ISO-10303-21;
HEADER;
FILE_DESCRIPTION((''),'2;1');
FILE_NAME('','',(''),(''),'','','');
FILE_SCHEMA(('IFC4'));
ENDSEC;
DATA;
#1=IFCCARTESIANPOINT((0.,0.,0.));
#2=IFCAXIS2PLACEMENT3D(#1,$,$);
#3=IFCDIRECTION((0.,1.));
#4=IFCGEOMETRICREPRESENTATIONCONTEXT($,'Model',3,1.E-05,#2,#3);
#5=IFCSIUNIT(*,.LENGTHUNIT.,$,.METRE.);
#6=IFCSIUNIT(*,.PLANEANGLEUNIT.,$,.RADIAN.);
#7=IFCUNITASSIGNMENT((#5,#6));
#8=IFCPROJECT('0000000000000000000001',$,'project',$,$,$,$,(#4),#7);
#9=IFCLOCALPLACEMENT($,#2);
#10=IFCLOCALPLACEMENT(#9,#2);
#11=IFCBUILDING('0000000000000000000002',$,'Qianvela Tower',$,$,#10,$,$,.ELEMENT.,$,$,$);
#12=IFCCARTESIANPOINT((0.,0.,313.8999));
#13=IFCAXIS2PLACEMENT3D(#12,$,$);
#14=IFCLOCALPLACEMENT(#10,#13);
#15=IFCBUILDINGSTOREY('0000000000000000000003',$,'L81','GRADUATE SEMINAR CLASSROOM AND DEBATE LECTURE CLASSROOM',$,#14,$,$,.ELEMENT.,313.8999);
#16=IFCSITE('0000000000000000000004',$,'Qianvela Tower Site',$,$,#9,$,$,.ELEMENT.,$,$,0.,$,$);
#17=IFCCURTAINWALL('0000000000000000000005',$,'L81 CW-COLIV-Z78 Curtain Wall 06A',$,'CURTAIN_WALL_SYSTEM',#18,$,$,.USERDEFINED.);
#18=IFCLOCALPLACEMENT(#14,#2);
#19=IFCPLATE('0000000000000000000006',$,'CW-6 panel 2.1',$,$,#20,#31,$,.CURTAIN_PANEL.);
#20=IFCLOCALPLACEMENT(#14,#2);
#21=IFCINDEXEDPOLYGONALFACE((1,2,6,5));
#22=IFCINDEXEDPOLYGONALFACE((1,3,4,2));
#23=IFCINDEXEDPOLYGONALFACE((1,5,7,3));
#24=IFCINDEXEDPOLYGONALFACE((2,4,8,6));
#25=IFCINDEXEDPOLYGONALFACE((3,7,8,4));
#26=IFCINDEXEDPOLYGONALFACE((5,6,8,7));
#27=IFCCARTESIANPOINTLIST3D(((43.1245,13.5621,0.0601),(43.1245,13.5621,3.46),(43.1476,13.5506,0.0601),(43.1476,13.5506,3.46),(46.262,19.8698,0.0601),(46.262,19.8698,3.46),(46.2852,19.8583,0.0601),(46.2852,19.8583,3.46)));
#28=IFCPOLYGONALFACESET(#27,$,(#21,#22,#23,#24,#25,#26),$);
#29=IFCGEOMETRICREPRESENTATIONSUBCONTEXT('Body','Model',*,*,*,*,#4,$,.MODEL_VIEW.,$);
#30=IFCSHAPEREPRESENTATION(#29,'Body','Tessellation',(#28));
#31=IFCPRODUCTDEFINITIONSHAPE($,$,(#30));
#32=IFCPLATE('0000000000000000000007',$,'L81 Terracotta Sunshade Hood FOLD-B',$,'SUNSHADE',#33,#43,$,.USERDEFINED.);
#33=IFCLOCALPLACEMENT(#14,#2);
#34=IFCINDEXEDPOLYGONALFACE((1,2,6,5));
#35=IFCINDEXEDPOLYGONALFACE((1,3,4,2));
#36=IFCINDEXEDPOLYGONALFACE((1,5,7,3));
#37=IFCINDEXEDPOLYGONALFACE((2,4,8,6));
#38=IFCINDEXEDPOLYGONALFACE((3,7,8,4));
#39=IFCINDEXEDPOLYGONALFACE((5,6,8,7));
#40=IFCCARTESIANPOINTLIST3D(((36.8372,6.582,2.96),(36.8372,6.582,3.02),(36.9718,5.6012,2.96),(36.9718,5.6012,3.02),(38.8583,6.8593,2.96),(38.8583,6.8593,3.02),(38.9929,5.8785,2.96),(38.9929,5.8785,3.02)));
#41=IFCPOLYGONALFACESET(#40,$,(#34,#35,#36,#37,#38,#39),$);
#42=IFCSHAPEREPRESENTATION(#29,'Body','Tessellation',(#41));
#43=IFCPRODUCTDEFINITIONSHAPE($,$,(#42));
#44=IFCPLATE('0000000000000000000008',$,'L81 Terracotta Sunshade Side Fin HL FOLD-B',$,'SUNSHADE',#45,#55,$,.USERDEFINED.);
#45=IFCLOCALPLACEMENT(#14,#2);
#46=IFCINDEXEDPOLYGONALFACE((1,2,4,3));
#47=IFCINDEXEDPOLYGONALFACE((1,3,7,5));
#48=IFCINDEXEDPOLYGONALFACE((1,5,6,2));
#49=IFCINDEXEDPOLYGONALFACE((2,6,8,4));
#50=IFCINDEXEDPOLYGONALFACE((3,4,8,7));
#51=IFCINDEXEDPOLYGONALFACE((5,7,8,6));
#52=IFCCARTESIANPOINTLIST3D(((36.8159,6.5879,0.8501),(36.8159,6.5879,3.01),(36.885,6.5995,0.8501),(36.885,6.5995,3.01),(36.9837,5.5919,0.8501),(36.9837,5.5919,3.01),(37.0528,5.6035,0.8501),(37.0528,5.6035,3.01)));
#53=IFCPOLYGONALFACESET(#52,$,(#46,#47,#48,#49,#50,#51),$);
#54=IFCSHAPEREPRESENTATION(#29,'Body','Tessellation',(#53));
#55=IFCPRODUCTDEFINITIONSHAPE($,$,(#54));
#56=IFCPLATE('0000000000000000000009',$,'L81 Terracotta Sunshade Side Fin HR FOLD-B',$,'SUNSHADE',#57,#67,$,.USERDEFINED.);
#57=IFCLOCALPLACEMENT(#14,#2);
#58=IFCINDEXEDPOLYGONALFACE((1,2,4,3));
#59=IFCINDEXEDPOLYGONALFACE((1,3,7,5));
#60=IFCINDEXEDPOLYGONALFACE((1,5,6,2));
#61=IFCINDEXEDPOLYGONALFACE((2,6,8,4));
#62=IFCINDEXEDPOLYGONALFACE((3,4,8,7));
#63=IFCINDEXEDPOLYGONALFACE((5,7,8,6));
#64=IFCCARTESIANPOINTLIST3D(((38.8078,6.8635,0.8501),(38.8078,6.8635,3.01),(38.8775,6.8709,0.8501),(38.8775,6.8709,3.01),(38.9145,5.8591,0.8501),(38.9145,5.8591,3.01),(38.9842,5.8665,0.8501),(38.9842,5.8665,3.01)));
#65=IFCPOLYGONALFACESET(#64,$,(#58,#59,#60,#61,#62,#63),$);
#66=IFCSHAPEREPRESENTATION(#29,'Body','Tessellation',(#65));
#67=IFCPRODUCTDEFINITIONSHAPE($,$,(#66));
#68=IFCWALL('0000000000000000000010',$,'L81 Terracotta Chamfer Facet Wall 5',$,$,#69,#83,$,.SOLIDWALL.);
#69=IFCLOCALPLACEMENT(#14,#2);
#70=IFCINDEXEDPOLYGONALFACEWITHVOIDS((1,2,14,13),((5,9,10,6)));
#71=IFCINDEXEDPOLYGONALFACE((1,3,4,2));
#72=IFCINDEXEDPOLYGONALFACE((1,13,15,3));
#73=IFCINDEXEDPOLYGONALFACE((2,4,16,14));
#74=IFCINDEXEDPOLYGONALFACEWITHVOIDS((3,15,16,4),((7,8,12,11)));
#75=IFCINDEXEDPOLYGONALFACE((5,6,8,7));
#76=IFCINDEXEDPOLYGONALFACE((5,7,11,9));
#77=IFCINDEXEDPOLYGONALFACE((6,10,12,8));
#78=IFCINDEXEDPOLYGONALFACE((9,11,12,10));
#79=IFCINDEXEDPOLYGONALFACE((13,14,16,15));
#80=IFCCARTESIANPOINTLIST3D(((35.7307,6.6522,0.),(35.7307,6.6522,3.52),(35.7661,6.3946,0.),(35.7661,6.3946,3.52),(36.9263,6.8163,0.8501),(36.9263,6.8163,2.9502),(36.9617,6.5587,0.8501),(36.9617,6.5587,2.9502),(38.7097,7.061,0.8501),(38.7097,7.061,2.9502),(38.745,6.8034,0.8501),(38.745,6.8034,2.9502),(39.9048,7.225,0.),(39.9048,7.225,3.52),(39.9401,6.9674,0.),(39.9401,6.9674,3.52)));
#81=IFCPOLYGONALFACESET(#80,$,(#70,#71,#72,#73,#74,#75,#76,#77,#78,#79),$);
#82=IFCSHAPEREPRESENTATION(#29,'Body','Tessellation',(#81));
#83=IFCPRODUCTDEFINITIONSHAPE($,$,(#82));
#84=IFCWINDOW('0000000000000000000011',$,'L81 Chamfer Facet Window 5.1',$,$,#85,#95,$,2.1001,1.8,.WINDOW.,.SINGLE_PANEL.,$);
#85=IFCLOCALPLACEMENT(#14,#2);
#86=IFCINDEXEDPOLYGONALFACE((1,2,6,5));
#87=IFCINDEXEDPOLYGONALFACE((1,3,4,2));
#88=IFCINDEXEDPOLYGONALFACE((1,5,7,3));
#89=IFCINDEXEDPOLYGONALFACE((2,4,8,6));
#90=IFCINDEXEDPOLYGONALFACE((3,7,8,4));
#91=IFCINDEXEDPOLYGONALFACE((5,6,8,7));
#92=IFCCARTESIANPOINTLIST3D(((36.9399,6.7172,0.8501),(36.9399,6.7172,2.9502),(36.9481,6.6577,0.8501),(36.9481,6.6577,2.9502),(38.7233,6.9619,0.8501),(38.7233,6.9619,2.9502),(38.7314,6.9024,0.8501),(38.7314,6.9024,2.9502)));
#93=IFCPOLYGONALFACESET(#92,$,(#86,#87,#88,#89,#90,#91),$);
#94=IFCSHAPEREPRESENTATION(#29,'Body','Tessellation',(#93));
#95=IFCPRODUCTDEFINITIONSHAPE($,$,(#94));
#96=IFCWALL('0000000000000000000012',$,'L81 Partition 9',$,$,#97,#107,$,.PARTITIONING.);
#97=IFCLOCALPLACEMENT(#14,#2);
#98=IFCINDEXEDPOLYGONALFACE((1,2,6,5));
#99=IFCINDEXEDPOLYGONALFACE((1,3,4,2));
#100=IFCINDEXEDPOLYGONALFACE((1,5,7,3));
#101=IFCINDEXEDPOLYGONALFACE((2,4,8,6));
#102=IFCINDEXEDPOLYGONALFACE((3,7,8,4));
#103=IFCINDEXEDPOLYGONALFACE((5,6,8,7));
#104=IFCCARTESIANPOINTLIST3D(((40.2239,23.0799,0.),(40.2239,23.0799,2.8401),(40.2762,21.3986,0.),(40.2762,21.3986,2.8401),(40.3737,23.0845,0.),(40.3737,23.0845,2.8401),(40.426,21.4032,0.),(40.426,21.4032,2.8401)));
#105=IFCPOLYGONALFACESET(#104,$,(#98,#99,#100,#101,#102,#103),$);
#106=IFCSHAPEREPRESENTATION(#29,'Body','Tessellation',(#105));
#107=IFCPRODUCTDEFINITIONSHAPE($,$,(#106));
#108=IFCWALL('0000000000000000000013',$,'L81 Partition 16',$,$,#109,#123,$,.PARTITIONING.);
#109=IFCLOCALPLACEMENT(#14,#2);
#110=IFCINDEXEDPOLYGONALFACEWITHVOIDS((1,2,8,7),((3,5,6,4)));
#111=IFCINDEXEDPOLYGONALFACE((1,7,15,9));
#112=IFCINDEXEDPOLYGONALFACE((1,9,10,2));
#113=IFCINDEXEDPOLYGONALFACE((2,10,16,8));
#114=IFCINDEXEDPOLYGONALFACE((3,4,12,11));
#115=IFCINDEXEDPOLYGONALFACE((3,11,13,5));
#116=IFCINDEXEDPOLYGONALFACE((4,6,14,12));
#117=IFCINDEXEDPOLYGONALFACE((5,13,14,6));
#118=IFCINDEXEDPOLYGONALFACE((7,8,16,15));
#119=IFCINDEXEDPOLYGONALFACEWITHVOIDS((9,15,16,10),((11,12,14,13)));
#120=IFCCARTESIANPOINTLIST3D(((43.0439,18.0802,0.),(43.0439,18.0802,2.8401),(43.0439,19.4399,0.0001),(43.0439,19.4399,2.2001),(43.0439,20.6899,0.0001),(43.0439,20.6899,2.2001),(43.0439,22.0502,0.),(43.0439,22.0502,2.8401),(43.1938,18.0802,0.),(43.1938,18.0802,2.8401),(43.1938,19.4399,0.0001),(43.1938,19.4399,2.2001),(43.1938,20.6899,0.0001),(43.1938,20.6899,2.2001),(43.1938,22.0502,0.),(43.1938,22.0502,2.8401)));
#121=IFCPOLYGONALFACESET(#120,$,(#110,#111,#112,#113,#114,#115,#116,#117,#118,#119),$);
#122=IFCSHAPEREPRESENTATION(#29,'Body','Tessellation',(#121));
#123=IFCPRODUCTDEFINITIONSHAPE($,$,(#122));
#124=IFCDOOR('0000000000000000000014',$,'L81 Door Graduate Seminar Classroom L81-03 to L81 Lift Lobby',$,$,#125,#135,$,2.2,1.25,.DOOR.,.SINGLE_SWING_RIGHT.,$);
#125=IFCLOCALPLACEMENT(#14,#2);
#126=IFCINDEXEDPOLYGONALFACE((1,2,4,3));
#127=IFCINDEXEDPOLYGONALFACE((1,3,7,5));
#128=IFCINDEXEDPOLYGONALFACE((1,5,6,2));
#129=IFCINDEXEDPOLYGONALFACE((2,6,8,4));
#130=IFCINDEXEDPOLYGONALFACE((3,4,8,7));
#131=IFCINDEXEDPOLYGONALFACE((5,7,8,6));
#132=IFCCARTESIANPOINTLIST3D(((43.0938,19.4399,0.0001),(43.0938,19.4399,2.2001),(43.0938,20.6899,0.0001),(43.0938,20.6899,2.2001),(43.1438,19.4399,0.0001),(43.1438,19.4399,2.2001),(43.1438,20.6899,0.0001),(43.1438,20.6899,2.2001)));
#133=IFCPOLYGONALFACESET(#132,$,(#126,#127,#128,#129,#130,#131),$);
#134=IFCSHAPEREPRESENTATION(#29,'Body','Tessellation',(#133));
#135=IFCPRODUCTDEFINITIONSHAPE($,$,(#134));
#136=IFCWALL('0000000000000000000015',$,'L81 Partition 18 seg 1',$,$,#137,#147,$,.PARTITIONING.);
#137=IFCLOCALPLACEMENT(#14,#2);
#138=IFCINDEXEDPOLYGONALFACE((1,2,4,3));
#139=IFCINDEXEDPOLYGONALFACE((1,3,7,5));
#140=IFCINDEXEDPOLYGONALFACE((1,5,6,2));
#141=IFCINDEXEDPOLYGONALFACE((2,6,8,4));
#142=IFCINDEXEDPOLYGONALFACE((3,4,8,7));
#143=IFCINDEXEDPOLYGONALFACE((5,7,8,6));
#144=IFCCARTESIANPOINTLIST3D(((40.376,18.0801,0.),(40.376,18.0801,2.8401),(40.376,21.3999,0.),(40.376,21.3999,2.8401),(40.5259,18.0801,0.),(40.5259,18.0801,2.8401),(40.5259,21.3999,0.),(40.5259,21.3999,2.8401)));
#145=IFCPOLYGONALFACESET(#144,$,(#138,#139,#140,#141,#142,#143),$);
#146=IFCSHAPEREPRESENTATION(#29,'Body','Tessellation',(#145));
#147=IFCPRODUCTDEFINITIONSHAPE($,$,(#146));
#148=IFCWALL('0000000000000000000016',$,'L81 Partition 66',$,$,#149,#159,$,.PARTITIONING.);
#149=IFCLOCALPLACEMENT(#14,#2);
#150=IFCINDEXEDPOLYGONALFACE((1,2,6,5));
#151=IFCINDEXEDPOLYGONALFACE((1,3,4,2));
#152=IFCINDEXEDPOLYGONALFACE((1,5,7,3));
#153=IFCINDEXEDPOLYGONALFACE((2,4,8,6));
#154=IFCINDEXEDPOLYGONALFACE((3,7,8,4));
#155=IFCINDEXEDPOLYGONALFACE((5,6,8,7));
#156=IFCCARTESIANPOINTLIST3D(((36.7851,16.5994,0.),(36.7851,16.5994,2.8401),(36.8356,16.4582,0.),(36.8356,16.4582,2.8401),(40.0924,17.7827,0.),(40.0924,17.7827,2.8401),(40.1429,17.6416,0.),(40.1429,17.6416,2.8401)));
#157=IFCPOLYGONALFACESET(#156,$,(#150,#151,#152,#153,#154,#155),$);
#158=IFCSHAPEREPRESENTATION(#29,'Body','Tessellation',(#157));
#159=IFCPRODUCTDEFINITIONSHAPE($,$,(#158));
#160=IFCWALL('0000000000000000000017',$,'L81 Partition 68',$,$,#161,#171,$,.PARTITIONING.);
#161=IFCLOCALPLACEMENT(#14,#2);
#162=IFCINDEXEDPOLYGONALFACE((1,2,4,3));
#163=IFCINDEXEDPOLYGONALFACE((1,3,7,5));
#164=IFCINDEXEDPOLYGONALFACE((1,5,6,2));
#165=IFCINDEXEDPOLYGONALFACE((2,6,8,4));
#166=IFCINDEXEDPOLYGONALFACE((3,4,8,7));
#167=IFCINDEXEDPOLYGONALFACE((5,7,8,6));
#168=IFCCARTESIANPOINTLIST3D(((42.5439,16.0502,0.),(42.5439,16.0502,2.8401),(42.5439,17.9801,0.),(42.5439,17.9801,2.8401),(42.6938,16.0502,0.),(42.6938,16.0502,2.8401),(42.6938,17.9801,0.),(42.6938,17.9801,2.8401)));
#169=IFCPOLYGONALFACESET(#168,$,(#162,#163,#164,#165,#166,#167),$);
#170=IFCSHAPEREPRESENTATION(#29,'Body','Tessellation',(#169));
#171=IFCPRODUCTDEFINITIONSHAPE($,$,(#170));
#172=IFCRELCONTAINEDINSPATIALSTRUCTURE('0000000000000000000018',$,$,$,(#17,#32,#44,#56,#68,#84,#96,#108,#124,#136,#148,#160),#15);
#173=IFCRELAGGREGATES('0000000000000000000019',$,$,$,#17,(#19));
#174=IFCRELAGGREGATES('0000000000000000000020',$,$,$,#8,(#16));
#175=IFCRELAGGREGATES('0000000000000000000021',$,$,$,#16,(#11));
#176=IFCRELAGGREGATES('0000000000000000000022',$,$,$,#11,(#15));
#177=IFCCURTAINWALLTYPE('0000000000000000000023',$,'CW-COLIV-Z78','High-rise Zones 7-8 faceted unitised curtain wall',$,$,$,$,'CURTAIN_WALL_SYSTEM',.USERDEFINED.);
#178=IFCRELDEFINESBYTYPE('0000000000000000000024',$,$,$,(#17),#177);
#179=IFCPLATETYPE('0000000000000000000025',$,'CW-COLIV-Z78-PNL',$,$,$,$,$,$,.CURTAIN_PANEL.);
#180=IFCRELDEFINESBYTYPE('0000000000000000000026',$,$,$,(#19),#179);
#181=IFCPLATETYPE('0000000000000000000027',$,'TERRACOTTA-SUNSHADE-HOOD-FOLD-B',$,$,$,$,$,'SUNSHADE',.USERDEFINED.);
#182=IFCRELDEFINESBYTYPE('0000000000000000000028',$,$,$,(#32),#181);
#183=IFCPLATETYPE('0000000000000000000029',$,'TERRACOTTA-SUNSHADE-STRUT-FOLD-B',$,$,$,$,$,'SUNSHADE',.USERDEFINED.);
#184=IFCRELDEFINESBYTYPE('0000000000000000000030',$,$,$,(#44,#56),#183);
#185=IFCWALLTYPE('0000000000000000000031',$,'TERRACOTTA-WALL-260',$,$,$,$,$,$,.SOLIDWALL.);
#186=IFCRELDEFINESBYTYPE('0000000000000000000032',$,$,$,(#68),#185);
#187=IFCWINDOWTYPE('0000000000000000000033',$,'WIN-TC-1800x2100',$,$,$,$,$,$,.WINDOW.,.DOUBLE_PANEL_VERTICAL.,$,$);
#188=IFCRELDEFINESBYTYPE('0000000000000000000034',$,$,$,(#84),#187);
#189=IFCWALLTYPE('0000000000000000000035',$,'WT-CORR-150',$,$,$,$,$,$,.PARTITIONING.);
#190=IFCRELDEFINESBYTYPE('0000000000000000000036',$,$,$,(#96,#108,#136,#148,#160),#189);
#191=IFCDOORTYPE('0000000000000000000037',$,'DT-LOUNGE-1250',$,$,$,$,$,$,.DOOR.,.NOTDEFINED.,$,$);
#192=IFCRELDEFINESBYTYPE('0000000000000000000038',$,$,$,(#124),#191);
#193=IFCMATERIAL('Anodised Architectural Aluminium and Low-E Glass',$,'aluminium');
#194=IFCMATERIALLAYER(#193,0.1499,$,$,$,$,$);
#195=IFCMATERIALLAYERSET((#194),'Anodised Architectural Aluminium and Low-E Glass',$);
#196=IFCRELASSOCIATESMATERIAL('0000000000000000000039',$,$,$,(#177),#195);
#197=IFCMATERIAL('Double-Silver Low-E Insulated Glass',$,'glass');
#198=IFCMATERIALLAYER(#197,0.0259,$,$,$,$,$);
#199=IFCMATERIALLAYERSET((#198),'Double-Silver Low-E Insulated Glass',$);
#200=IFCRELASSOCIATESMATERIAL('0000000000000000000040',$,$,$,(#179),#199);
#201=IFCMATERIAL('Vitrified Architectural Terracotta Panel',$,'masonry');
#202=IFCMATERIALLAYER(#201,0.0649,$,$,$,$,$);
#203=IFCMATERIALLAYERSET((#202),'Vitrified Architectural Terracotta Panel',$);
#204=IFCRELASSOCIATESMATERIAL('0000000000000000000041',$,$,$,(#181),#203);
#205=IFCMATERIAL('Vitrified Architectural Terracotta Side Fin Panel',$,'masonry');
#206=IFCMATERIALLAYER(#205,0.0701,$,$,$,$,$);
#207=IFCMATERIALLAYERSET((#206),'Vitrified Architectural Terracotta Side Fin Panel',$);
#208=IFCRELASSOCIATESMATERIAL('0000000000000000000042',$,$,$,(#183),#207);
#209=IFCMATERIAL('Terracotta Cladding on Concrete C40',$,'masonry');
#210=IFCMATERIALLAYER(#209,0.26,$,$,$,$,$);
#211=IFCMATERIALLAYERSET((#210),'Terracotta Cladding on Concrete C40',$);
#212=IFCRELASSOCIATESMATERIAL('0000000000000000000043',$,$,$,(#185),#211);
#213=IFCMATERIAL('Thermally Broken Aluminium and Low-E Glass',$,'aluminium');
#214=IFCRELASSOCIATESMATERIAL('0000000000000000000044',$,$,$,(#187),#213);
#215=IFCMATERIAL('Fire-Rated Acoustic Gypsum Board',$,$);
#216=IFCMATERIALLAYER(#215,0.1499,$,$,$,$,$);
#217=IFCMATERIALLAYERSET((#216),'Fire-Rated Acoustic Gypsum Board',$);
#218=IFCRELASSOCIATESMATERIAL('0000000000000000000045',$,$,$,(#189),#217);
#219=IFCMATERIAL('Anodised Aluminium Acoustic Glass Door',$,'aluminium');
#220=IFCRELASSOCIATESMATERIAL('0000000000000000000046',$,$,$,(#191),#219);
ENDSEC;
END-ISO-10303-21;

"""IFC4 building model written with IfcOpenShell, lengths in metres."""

from ifc_helpers import new_model, si_unit, direction, frame, frame_2d, origin, origin_2d, place, context, subcontext, project, spatial, rectangle, extrude, material, layer, layer_set, type_object, element, fill, aggregate, save


model = new_model("IFC4")

# Units and contexts
model_context = context("Model", 3, precision=1e-05, world=origin(), true_north=direction((0.0, 1.0)))
body_context = subcontext(model_context, "Body", "Model", "MODEL_VIEW")
ifc_project = project(units=[si_unit("LENGTHUNIT", "METRE"), si_unit("PLANEANGLEUNIT", "RADIAN")], contexts=[model_context])

# Site, building, storey
site_placement = place(None, origin())
site = spatial("IfcSite", under=ifc_project, at=site_placement, Name="Qianvela Tower Site", CompositionType="ELEMENT", RefElevation=0.0)
building_placement = place(site_placement, origin())
building = spatial("IfcBuilding", under=site, at=building_placement, Name="Qianvela Tower", CompositionType="ELEMENT")
storey_placement = place(building_placement, frame((0.0, 0.0, 313.8999)))
storey = spatial("IfcBuildingStorey", under=building, at=storey_placement, Name="L81", Description="GRADUATE SEMINAR CLASSROOM AND DEBATE LECTURE CLASSROOM", CompositionType="ELEMENT", Elevation=313.8999)

# Shared definitions
ifc_material_1 = material(Name="Anodised Architectural Aluminium and Low-E Glass", Category="aluminium")
ifc_layer_1 = layer(ifc_material_1, 0.1499)
ifc_layer_set_1 = layer_set([ifc_layer_1], Name="Anodised Architectural Aluminium and Low-E Glass")
curtain_wall_type_1 = type_object("IfcCurtainWallType", Name="CW-COLIV-Z78", Description="High-rise Zones 7-8 faceted unitised curtain wall", ElementType="CURTAIN_WALL_SYSTEM", PredefinedType="USERDEFINED", material=ifc_layer_set_1)

# Curtain wall
curtain_wall_1_placement = place(storey_placement, origin())
curtain_wall_1 = element("IfcCurtainWall", 1, at=curtain_wall_1_placement, inside=storey, type_object=curtain_wall_type_1, Name="L81 CW-COLIV-Z78 Curtain Wall 06A", ObjectType="CURTAIN_WALL_SYSTEM", PredefinedType="USERDEFINED")

# Plate
ifc_material_2 = material(Name="Double-Silver Low-E Insulated Glass", Category="glass")
ifc_layer_2 = layer(ifc_material_2, 0.0259)
ifc_layer_set_2 = layer_set([ifc_layer_2], Name="Double-Silver Low-E Insulated Glass")
plate_type_1 = type_object("IfcPlateType", Name="CW-COLIV-Z78-PNL", PredefinedType="CURTAIN_PANEL", material=ifc_layer_set_2)
plate_1_placement = place(storey_placement, frame((44.7048, 16.7102, 0.0601), z_axis=(0.0, 0.0, 1.0), x_axis=(0.445368, 0.895348, 0.0)))
plate_1 = element("IfcPlate", 2, at=plate_1_placement, type_object=plate_type_1, Name="CW-6 panel 2.1", PredefinedType="CURTAIN_PANEL", context=body_context, shape_type="SweptSolid", body=[
    extrude(rectangle(XDim=7.0449, YDim=0.0259, at=origin_2d()), origin(), (0.0, 0.0, 1.0), 3.3999),
])
aggregate(curtain_wall_1, [plate_1])

# Plates
ifc_material_3 = material(Name="Vitrified Architectural Terracotta Panel", Category="masonry")
ifc_layer_3 = layer(ifc_material_3, 0.0649)
ifc_layer_set_3 = layer_set([ifc_layer_3], Name="Vitrified Architectural Terracotta Panel")
plate_type_2 = type_object("IfcPlateType", Name="TERRACOTTA-SUNSHADE-HOOD-FOLD-B", ElementType="SUNSHADE", PredefinedType="USERDEFINED", material=ifc_layer_set_3)
plate_2_placement = place(storey_placement, frame((37.915, 6.2302, 2.96), z_axis=(0.0, 0.0, 1.0), x_axis=(0.990716, 0.135951, 0.0)))
element("IfcPlate", 3, at=plate_2_placement, inside=storey, type_object=plate_type_2, Name="L81 Terracotta Sunshade Hood FOLD-B", ObjectType="SUNSHADE", PredefinedType="USERDEFINED", context=body_context, shape_type="SweptSolid", body=[
    extrude(rectangle(XDim=2.04, YDim=0.99, at=origin_2d()), origin(), (0.0, 0.0, 1.0), 0.0601),
])
ifc_material_4 = material(Name="Vitrified Architectural Terracotta Side Fin Panel", Category="masonry")
ifc_layer_4 = layer(ifc_material_4, 0.0701)
ifc_layer_set_4 = layer_set([ifc_layer_4], Name="Vitrified Architectural Terracotta Side Fin Panel")
plate_type_3 = type_object("IfcPlateType", Name="TERRACOTTA-SUNSHADE-STRUT-FOLD-B", ElementType="SUNSHADE", PredefinedType="USERDEFINED", material=ifc_layer_set_4)
for number, where, z_axis, x_axis, name in (
    (4, (36.9343, 6.0957, 0.8501), (0.0, 0.0, 1.0), (0.986102, 0.166142, 0.0), "L81 Terracotta Sunshade Side Fin HL FOLD-B"),
    (5, (38.896, 6.365, 0.8501), (0.0, 0.0, 1.0), (0.994405, 0.105632, 0.0), "L81 Terracotta Sunshade Side Fin HR FOLD-B"),
):
    element("IfcPlate", number, at=place(storey_placement, frame(where, z_axis=z_axis, x_axis=x_axis)), inside=storey, type_object=plate_type_3, Name=name, ObjectType="SUNSHADE", PredefinedType="USERDEFINED", context=body_context, shape_type="SweptSolid", body=[
        extrude(rectangle(XDim=0.0701, YDim=1.01, at=origin_2d()), origin(), (0.0, 0.0, 1.0), 2.1599),
    ])

# Wall, opening, window
ifc_material_5 = material(Name="Terracotta Cladding on Concrete C40", Category="masonry")
ifc_layer_5 = layer(ifc_material_5, 0.26)
ifc_layer_set_5 = layer_set([ifc_layer_5], Name="Terracotta Cladding on Concrete C40")
wall_type_1 = type_object("IfcWallType", Name="TERRACOTTA-WALL-260", PredefinedType="SOLIDWALL", material=ifc_layer_set_5)
wall_1_placement = place(storey_placement, frame((35.7485, 6.5234, 0.0), z_axis=(0.0, 0.0, 1.0), x_axis=(0.990717, 0.135943, 0.0)))
wall_1 = element("IfcWall", 6, at=wall_1_placement, inside=storey, type_object=wall_type_1, Name="L81 Terracotta Chamfer Facet Wall 5", PredefinedType="SOLIDWALL", context=body_context, shape_type="SweptSolid", body=[
    extrude(rectangle(XDim=4.2131, YDim=0.26, at=frame_2d((2.1064, 0.0))), origin(), (0.0, 0.0, 1.0), 3.52),
])
opening_1_placement = place(wall_1_placement, frame((1.2068, 0.0, 0.8501)))
opening_1 = element("IfcOpeningElement", 7, at=opening_1_placement, cuts=wall_1, PredefinedType="OPENING", context=body_context, shape_type="SweptSolid", body=[
    extrude(rectangle(XDim=1.8, YDim=2.1001, at=frame_2d((0.8999, 1.05))), frame((0.0, 0.1399, 0.0), z_axis=(0.0, -1.0, 0.0), x_axis=(1.0, 0.0, 0.0)), (0.0, 0.0, 1.0), 0.28),
])
ifc_material_6 = material(Name="Thermally Broken Aluminium and Low-E Glass", Category="aluminium")
window_type = type_object("IfcWindowType", Name="WIN-TC-1800x2100", PartitioningType="DOUBLE_PANEL_VERTICAL", PredefinedType="WINDOW", material=ifc_material_6)
window_placement = place(opening_1_placement, origin())
window = element("IfcWindow", 8, at=window_placement, inside=storey, type_object=window_type, Name="L81 Chamfer Facet Window 5.1", OverallHeight=2.1001, OverallWidth=1.8, PartitioningType="SINGLE_PANEL", PredefinedType="WINDOW", context=body_context, shape_type="SweptSolid", body=[
    extrude(rectangle(XDim=1.8, YDim=2.1001, at=frame_2d((0.8999, 1.05))), frame((0.0, 0.03, 0.0), z_axis=(0.0, -1.0, 0.0), x_axis=(1.0, 0.0, 0.0)), (0.0, 0.0, 1.0), 0.0601),
])
fill(opening_1, window)

# Wall
ifc_material_7 = material(Name="Fire-Rated Acoustic Gypsum Board")
ifc_layer_6 = layer(ifc_material_7, 0.1499)
ifc_layer_set_6 = layer_set([ifc_layer_6], Name="Fire-Rated Acoustic Gypsum Board")
wall_type_2 = type_object("IfcWallType", Name="WT-CORR-150", PredefinedType="PARTITIONING", material=ifc_layer_set_6)
wall_2_placement = place(storey_placement, frame((40.3511, 21.4009, 0.0), z_axis=(0.0, 0.0, 1.0), x_axis=(-0.031058, 0.999518, 0.0)))
element("IfcWall", 9, at=wall_2_placement, inside=storey, type_object=wall_type_2, Name="L81 Partition 9", PredefinedType="PARTITIONING", context=body_context, shape_type="SweptSolid", body=[
    extrude(rectangle(XDim=1.6821, YDim=0.1499, at=frame_2d((0.8411, 0.0))), origin(), (0.0, 0.0, 1.0), 2.8401),
])

# Wall, opening, door
wall_3_placement = place(storey_placement, frame((43.1189, 22.05, 0.0), z_axis=(0.0, 0.0, 1.0), x_axis=(0.0, -1.0, 0.0)))
wall_3 = element("IfcWall", 10, at=wall_3_placement, inside=storey, type_object=wall_type_2, Name="L81 Partition 16", PredefinedType="PARTITIONING", context=body_context, shape_type="SweptSolid", body=[
    extrude(rectangle(XDim=3.97, YDim=0.1499, at=frame_2d((1.9849, 0.0))), origin(), (0.0, 0.0, 1.0), 2.8401),
])
opening_2_placement = place(wall_3_placement, frame((1.3601, 0.0, 0.0)))
opening_2 = element("IfcOpeningElement", 11, at=opening_2_placement, cuts=wall_3, PredefinedType="OPENING", context=body_context, shape_type="SweptSolid", body=[
    extrude(rectangle(XDim=1.25, YDim=2.2, at=frame_2d((0.625, 1.1001))), frame((0.0, 0.085, 0.0), z_axis=(0.0, -1.0, 0.0), x_axis=(1.0, 0.0, 0.0)), (0.0, 0.0, 1.0), 0.1699),
])
ifc_material_8 = material(Name="Anodised Aluminium Acoustic Glass Door", Category="aluminium")
door_type_1 = type_object("IfcDoorType", Name="DT-LOUNGE-1250", OperationType="NOTDEFINED", PredefinedType="DOOR", material=ifc_material_8)
door_1_placement = place(opening_2_placement, origin())
door_1 = element("IfcDoor", 12, at=door_1_placement, inside=storey, type_object=door_type_1, Name="L81 Door Graduate Seminar Classroom L81-03 to L81 Lift Lobby", OperationType="SINGLE_SWING_RIGHT", OverallHeight=2.2, OverallWidth=1.25, PredefinedType="DOOR", context=body_context, shape_type="SweptSolid", body=[
    extrude(rectangle(XDim=1.25, YDim=2.2, at=frame_2d((0.625, 1.1001))), frame((0.0, 0.0249, 0.0), z_axis=(0.0, -1.0, 0.0), x_axis=(1.0, 0.0, 0.0)), (0.0, 0.0, 1.0), 0.05),
])
fill(opening_2, door_1)

# Walls
wall_4_placement = place(storey_placement, frame((40.4509, 18.0801, 0.0), z_axis=(0.0, 0.0, 1.0), x_axis=(0.0, 1.0, 0.0)))
element("IfcWall", 13, at=wall_4_placement, inside=storey, type_object=wall_type_2, Name="L81 Partition 18 seg 1", PredefinedType="PARTITIONING", context=body_context, shape_type="SweptSolid", body=[
    extrude(rectangle(XDim=3.3198, YDim=0.1499, at=frame_2d((1.6599, 0.0))), origin(), (0.0, 0.0, 1.0), 2.8401),
])
wall_5_placement = place(storey_placement, frame((36.8103, 16.5288, 0.0), z_axis=(0.0, 0.0, 1.0), x_axis=(0.941548, 0.336878, 0.0)))
element("IfcWall", 14, at=wall_5_placement, inside=storey, type_object=wall_type_2, Name="L81 Partition 66", PredefinedType="PARTITIONING", context=body_context, shape_type="SweptSolid", body=[
    extrude(rectangle(XDim=3.5127, YDim=0.1499, at=frame_2d((1.7563, 0.0))), origin(), (0.0, 0.0, 1.0), 2.8401),
])
wall_6_placement = place(storey_placement, frame((42.6189, 17.98, 0.0), z_axis=(0.0, 0.0, 1.0), x_axis=(0.0, -1.0, 0.0)))
element("IfcWall", 15, at=wall_6_placement, inside=storey, type_object=wall_type_2, Name="L81 Partition 68", PredefinedType="PARTITIONING", context=body_context, shape_type="SweptSolid", body=[
    extrude(rectangle(XDim=1.9299, YDim=0.1499, at=frame_2d((0.9648, 0.0))), origin(), (0.0, 0.0, 1.0), 2.8401),
])

save(model, "model.ifc")
